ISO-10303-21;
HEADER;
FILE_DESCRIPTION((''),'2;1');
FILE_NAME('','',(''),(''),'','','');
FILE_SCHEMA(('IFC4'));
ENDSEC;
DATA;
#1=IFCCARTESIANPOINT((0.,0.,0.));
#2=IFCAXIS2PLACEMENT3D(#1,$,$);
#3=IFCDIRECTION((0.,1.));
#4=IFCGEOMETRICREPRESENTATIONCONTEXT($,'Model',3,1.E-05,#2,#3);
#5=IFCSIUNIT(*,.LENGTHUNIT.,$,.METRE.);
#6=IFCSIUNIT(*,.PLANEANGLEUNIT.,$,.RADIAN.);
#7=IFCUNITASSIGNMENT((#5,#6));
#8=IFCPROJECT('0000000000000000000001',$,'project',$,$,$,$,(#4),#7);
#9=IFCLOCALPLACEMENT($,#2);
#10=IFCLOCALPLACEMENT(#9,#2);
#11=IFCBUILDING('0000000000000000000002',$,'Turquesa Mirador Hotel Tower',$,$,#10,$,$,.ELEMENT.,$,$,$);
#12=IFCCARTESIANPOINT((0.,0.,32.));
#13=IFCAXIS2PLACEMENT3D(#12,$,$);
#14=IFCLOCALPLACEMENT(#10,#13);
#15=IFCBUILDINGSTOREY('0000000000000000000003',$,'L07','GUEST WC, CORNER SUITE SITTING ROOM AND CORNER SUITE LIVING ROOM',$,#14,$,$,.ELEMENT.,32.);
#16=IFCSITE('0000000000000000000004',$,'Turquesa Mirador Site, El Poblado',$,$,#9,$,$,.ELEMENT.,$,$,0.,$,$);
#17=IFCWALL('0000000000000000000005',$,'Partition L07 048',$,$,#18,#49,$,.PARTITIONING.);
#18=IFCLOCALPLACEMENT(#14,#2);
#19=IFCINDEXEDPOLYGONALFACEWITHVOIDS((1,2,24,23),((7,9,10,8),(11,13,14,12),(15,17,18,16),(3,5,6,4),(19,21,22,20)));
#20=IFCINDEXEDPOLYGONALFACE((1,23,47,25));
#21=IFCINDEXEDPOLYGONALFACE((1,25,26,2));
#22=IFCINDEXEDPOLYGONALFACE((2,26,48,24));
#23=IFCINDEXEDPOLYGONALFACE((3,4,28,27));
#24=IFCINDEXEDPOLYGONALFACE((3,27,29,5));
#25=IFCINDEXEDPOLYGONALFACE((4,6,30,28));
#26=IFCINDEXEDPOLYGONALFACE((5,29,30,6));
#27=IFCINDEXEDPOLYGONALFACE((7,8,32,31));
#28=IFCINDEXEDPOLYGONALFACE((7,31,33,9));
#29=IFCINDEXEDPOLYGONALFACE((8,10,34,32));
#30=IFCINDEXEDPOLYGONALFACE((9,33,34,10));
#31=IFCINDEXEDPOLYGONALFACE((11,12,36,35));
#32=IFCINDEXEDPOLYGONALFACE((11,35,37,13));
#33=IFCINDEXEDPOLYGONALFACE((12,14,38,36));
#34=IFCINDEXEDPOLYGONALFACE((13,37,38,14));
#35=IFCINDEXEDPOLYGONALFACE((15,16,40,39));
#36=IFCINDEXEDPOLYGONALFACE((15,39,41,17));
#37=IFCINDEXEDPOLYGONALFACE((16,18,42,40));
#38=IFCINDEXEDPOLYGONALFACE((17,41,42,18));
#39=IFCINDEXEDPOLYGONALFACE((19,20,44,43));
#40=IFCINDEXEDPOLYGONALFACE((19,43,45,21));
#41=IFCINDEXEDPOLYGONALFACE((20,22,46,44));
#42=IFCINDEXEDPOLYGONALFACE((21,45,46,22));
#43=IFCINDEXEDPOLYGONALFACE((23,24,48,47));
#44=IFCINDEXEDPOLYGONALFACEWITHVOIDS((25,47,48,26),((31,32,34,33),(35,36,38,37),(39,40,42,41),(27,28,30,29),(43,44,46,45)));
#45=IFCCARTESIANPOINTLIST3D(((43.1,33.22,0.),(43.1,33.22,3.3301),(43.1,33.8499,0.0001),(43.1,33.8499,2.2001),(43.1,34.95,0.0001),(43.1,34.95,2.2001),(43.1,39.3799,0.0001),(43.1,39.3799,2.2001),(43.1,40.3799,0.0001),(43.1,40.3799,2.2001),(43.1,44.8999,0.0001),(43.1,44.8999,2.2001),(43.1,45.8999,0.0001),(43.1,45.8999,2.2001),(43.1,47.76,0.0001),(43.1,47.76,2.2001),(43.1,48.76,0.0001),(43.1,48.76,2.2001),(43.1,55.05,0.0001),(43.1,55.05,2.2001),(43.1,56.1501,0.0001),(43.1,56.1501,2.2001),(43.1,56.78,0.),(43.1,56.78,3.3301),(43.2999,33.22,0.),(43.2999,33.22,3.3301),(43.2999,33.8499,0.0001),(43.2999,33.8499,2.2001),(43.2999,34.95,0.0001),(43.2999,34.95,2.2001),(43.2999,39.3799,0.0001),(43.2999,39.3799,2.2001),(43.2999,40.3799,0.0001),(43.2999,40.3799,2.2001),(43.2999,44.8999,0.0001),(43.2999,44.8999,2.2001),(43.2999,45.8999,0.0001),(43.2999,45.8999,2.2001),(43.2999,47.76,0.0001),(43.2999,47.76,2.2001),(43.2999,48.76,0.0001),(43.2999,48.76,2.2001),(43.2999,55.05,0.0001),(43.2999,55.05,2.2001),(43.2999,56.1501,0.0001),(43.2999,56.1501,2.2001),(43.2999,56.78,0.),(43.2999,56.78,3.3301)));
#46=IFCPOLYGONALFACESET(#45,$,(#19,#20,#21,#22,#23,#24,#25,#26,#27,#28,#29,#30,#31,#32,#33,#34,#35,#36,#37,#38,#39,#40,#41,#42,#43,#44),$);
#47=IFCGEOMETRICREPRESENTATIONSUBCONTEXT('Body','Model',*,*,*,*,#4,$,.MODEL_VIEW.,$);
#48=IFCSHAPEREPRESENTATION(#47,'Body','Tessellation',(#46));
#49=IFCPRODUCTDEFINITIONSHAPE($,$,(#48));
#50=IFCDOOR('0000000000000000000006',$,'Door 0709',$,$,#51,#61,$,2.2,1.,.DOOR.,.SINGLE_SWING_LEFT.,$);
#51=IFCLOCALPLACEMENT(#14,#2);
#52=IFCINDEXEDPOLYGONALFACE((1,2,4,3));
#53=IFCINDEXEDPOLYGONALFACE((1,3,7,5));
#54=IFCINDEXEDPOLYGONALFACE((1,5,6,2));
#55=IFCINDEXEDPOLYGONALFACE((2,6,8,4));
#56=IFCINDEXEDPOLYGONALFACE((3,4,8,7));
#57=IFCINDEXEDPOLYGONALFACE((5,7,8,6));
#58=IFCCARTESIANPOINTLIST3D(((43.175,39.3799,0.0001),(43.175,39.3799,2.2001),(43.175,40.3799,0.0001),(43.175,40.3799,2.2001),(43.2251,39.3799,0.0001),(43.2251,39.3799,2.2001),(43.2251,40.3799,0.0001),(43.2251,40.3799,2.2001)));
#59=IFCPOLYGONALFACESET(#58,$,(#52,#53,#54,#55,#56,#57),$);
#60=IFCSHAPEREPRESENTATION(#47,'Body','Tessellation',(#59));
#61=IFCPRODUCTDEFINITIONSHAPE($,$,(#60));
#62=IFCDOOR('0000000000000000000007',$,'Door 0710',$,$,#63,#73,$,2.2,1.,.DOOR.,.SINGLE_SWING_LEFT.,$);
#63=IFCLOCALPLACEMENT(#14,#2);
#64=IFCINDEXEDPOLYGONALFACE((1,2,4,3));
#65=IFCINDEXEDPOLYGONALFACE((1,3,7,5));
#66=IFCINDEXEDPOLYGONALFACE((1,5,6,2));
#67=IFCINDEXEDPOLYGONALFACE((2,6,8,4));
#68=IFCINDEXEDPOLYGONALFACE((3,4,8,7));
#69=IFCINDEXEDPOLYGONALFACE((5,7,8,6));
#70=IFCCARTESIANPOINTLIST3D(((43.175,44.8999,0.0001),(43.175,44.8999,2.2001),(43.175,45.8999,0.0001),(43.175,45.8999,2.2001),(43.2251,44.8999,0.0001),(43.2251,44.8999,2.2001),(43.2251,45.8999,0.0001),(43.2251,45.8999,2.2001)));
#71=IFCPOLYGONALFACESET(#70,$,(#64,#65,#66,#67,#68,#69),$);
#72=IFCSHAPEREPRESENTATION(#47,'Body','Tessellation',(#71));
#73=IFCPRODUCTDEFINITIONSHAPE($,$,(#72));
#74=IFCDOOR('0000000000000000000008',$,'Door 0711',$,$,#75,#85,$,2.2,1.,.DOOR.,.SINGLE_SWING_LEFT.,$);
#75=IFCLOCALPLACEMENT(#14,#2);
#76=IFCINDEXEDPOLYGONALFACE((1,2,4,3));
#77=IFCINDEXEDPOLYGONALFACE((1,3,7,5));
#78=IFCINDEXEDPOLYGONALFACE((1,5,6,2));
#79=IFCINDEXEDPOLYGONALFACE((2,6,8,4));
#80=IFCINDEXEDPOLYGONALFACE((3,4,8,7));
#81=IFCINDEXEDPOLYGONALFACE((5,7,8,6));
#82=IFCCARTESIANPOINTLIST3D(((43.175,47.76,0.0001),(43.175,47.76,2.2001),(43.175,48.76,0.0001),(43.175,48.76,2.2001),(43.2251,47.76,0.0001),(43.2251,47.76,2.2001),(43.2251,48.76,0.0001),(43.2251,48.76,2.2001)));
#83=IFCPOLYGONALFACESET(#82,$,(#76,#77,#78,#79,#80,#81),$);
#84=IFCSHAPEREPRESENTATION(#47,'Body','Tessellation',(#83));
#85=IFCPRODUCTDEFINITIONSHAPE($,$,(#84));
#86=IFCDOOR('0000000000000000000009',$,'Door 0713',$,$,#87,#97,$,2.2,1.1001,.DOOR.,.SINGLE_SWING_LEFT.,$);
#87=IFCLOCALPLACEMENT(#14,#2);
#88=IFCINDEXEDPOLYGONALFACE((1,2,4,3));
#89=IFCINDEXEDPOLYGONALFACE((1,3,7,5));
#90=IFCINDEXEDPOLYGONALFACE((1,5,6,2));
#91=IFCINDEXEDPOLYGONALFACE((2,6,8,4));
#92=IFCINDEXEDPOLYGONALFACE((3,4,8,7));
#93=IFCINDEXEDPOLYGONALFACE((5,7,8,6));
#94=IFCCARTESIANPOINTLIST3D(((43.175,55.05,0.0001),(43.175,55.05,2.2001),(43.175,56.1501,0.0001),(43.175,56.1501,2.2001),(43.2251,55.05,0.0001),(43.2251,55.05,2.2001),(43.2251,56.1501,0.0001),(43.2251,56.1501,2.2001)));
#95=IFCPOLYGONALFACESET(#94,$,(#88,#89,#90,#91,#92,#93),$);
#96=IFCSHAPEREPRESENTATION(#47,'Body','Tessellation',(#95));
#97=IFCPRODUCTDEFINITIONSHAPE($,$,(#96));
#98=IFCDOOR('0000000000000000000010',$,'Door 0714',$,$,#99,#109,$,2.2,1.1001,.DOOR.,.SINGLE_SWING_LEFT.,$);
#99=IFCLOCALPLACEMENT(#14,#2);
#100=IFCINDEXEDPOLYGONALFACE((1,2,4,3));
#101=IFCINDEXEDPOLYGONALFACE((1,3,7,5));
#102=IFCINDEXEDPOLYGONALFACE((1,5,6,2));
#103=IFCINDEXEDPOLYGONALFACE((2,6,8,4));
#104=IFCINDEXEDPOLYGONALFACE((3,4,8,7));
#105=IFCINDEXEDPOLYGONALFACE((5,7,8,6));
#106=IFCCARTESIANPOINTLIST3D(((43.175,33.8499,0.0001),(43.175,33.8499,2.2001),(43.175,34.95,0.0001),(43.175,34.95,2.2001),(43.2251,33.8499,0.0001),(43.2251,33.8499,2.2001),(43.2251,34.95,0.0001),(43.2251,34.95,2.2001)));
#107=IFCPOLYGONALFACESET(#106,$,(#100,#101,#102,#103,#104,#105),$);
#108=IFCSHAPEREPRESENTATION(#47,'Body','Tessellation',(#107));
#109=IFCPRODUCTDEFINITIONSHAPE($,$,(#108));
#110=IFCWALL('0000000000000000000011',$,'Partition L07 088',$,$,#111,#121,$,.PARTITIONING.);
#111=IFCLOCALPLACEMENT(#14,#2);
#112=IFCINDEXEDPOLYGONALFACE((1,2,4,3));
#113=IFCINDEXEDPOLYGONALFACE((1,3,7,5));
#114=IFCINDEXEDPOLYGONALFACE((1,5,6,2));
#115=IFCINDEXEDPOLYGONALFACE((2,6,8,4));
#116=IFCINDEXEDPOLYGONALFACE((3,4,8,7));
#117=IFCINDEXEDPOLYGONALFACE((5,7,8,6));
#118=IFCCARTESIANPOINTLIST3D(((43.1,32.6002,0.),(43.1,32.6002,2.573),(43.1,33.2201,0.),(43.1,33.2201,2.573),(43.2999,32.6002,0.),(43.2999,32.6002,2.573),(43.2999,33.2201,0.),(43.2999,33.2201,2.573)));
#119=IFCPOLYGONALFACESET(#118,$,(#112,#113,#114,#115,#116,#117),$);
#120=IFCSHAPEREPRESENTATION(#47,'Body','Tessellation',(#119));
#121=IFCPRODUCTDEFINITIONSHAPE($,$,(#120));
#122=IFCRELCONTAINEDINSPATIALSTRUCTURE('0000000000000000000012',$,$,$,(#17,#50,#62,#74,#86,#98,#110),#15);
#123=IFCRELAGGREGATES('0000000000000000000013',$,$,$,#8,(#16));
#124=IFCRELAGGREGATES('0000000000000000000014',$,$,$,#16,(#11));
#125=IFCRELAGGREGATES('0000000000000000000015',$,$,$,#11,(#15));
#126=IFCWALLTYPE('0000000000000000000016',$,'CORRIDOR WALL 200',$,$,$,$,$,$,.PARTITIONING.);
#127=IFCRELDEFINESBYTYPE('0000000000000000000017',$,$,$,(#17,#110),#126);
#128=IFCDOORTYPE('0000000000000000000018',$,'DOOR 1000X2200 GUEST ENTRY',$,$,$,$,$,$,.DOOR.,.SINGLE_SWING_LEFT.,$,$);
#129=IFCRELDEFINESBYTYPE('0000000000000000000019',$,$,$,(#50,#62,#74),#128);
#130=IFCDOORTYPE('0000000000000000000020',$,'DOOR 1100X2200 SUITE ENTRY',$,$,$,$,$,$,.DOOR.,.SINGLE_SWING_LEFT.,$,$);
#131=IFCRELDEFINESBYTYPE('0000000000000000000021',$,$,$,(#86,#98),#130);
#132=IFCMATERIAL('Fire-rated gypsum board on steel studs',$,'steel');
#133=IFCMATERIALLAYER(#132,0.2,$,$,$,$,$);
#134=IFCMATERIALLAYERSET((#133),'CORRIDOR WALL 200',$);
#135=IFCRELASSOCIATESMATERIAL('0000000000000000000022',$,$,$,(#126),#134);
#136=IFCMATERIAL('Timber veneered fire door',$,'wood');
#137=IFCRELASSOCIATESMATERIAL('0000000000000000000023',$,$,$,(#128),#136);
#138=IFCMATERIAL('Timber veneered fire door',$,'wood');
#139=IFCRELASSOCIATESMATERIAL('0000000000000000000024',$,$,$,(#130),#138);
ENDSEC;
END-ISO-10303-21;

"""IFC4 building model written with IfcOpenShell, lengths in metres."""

from ifc_helpers import new_model, si_unit, direction, frame, frame_2d, origin, place, context, subcontext, project, spatial, rectangle, extrude, material, layer, layer_set, type_object, element, fill, save


model = new_model("IFC4")

# Units and contexts
model_context = context("Model", 3, precision=1e-05, world=origin(), true_north=direction((0.0, 1.0)))
body_context = subcontext(model_context, "Body", "Model", "MODEL_VIEW")
ifc_project = project(units=[si_unit("LENGTHUNIT", "METRE"), si_unit("PLANEANGLEUNIT", "RADIAN")], contexts=[model_context])

# Site, building, storey
site_placement = place(None, origin())
site = spatial("IfcSite", under=ifc_project, at=site_placement, Name="Turquesa Mirador Site, El Poblado", CompositionType="ELEMENT", RefElevation=0.0)
building_placement = place(site_placement, origin())
building = spatial("IfcBuilding", under=site, at=building_placement, Name="Turquesa Mirador Hotel Tower", CompositionType="ELEMENT")
storey_placement = place(building_placement, frame((0.0, 0.0, 32.0)))
storey = spatial("IfcBuildingStorey", under=building, at=storey_placement, Name="L07", Description="GUEST WC, CORNER SUITE SITTING ROOM AND CORNER SUITE LIVING ROOM", CompositionType="ELEMENT", Elevation=32.0)

# Wall, openings, doors
ifc_material_1 = material(Name="Fire-rated gypsum board on steel studs", Category="steel")
ifc_layer_1 = layer(ifc_material_1, 0.2)
ifc_layer_set_1 = layer_set([ifc_layer_1], Name="CORRIDOR WALL 200")
wall_type_1 = type_object("IfcWallType", Name="CORRIDOR WALL 200", PredefinedType="PARTITIONING", material=ifc_layer_set_1)
ifc_material_2 = material(Name="Timber veneered fire door", Category="wood")
door_type_1 = type_object("IfcDoorType", Name="DOOR 1000X2200 GUEST ENTRY", OperationType="SINGLE_SWING_LEFT", PredefinedType="DOOR", material=ifc_material_2)
ifc_material_3 = material(Name="Timber veneered fire door", Category="wood")
door_type_2 = type_object("IfcDoorType", Name="DOOR 1100X2200 SUITE ENTRY", OperationType="SINGLE_SWING_LEFT", PredefinedType="DOOR", material=ifc_material_3)
wall_1_placement = place(storey_placement, frame((43.2, 33.22, 0.0), z_axis=(0.0, 0.0, 1.0), x_axis=(0.0, 1.0, 0.0)))
wall_1 = element("IfcWall", 1, at=wall_1_placement, inside=storey, type_object=wall_type_1, Name="Partition L07 048", PredefinedType="PARTITIONING", context=body_context, shape_type="SweptSolid", body=[
    extrude(rectangle(XDim=23.5601, YDim=0.2, at=frame_2d((11.78, 0.0))), origin(), (0.0, 0.0, 1.0), 3.3301),
])
opening_1_placement = place(wall_1_placement, frame((6.1599, 0.0, 0.0)))
opening_1 = element("IfcOpeningElement", 2, at=opening_1_placement, cuts=wall_1, PredefinedType="OPENING", context=body_context, shape_type="SweptSolid", body=[
    extrude(rectangle(XDim=1.0, YDim=2.2, at=frame_2d((0.5, 1.1001))), frame((0.0, 0.1099, 0.0), z_axis=(0.0, -1.0, 0.0), x_axis=(1.0, 0.0, 0.0)), (0.0, 0.0, 1.0), 0.22),
])
opening_2_placement = place(wall_1_placement, frame((11.6799, 0.0, 0.0)))
opening_2 = element("IfcOpeningElement", 3, at=opening_2_placement, cuts=wall_1, PredefinedType="OPENING", context=body_context, shape_type="SweptSolid", body=[
    extrude(rectangle(XDim=1.0, YDim=2.2, at=frame_2d((0.5, 1.1001))), frame((0.0, 0.1099, 0.0), z_axis=(0.0, -1.0, 0.0), x_axis=(1.0, 0.0, 0.0)), (0.0, 0.0, 1.0), 0.22),
])
opening_3_placement = place(wall_1_placement, frame((14.54, 0.0, 0.0)))
opening_3 = element("IfcOpeningElement", 4, at=opening_3_placement, cuts=wall_1, PredefinedType="OPENING", context=body_context, shape_type="SweptSolid", body=[
    extrude(rectangle(XDim=1.0, YDim=2.2, at=frame_2d((0.5, 1.1001))), frame((0.0, 0.1099, 0.0), z_axis=(0.0, -1.0, 0.0), x_axis=(1.0, 0.0, 0.0)), (0.0, 0.0, 1.0), 0.22),
])
opening_4_placement = place(wall_1_placement, frame((21.8301, 0.0, 0.0)))
opening_4 = element("IfcOpeningElement", 5, at=opening_4_placement, cuts=wall_1, PredefinedType="OPENING", context=body_context, shape_type="SweptSolid", body=[
    extrude(rectangle(XDim=1.1001, YDim=2.2, at=frame_2d((0.55, 1.1001))), frame((0.0, 0.1099, 0.0), z_axis=(0.0, -1.0, 0.0), x_axis=(1.0, 0.0, 0.0)), (0.0, 0.0, 1.0), 0.22),
])
opening_5_placement = place(wall_1_placement, frame((0.6299, 0.0, 0.0)))
opening_5 = element("IfcOpeningElement", 6, at=opening_5_placement, cuts=wall_1, PredefinedType="OPENING", context=body_context, shape_type="SweptSolid", body=[
    extrude(rectangle(XDim=1.1001, YDim=2.2, at=frame_2d((0.55, 1.1001))), frame((0.0, 0.1099, 0.0), z_axis=(0.0, -1.0, 0.0), x_axis=(1.0, 0.0, 0.0)), (0.0, 0.0, 1.0), 0.22),
])
door_1_placement = place(opening_1_placement, origin())
door_1 = element("IfcDoor", 7, at=door_1_placement, inside=storey, type_object=door_type_1, Name="Door 0709", OperationType="SINGLE_SWING_LEFT", OverallHeight=2.2, OverallWidth=1.0, PredefinedType="DOOR", context=body_context, shape_type="SweptSolid", body=[
    extrude(rectangle(XDim=1.0, YDim=2.2, at=frame_2d((0.5, 1.1001))), frame((0.0, 0.0249, 0.0), z_axis=(0.0, -1.0, 0.0), x_axis=(1.0, 0.0, 0.0)), (0.0, 0.0, 1.0), 0.05),
])
fill(opening_1, door_1)
door_2_placement = place(opening_2_placement, origin())
door_2 = element("IfcDoor", 8, at=door_2_placement, inside=storey, type_object=door_type_1, Name="Door 0710", OperationType="SINGLE_SWING_LEFT", OverallHeight=2.2, OverallWidth=1.0, PredefinedType="DOOR", context=body_context, shape_type="SweptSolid", body=[
    extrude(rectangle(XDim=1.0, YDim=2.2, at=frame_2d((0.5, 1.1001))), frame((0.0, 0.0249, 0.0), z_axis=(0.0, -1.0, 0.0), x_axis=(1.0, 0.0, 0.0)), (0.0, 0.0, 1.0), 0.05),
])
fill(opening_2, door_2)
door_3_placement = place(opening_3_placement, origin())
door_3 = element("IfcDoor", 9, at=door_3_placement, inside=storey, type_object=door_type_1, Name="Door 0711", OperationType="SINGLE_SWING_LEFT", OverallHeight=2.2, OverallWidth=1.0, PredefinedType="DOOR", context=body_context, shape_type="SweptSolid", body=[
    extrude(rectangle(XDim=1.0, YDim=2.2, at=frame_2d((0.5, 1.1001))), frame((0.0, 0.0249, 0.0), z_axis=(0.0, -1.0, 0.0), x_axis=(1.0, 0.0, 0.0)), (0.0, 0.0, 1.0), 0.05),
])
fill(opening_3, door_3)
door_4_placement = place(opening_4_placement, origin())
door_4 = element("IfcDoor", 10, at=door_4_placement, inside=storey, type_object=door_type_2, Name="Door 0713", OperationType="SINGLE_SWING_LEFT", OverallHeight=2.2, OverallWidth=1.1001, PredefinedType="DOOR", context=body_context, shape_type="SweptSolid", body=[
    extrude(rectangle(XDim=1.1001, YDim=2.2, at=frame_2d((0.55, 1.1001))), frame((0.0, 0.0249, 0.0), z_axis=(0.0, -1.0, 0.0), x_axis=(1.0, 0.0, 0.0)), (0.0, 0.0, 1.0), 0.05),
])
fill(opening_4, door_4)
door_5_placement = place(opening_5_placement, origin())
door_5 = element("IfcDoor", 11, at=door_5_placement, inside=storey, type_object=door_type_2, Name="Door 0714", OperationType="SINGLE_SWING_LEFT", OverallHeight=2.2, OverallWidth=1.1001, PredefinedType="DOOR", context=body_context, shape_type="SweptSolid", body=[
    extrude(rectangle(XDim=1.1001, YDim=2.2, at=frame_2d((0.55, 1.1001))), frame((0.0, 0.0249, 0.0), z_axis=(0.0, -1.0, 0.0), x_axis=(1.0, 0.0, 0.0)), (0.0, 0.0, 1.0), 0.05),
])
fill(opening_5, door_5)

# Wall
wall_2_placement = place(storey_placement, frame((43.2, 32.6001, 0.0), z_axis=(0.0, 0.0, 1.0), x_axis=(0.0, 1.0, 0.0)))
element("IfcWall", 12, at=wall_2_placement, inside=storey, type_object=wall_type_1, Name="Partition L07 088", PredefinedType="PARTITIONING", context=body_context, shape_type="SweptSolid", body=[
    extrude(rectangle(XDim=0.6199, YDim=0.2, at=frame_2d((0.3101, 0.0))), origin(), (0.0, 0.0, 1.0), 2.573),
])

save(model, "model.ifc")
